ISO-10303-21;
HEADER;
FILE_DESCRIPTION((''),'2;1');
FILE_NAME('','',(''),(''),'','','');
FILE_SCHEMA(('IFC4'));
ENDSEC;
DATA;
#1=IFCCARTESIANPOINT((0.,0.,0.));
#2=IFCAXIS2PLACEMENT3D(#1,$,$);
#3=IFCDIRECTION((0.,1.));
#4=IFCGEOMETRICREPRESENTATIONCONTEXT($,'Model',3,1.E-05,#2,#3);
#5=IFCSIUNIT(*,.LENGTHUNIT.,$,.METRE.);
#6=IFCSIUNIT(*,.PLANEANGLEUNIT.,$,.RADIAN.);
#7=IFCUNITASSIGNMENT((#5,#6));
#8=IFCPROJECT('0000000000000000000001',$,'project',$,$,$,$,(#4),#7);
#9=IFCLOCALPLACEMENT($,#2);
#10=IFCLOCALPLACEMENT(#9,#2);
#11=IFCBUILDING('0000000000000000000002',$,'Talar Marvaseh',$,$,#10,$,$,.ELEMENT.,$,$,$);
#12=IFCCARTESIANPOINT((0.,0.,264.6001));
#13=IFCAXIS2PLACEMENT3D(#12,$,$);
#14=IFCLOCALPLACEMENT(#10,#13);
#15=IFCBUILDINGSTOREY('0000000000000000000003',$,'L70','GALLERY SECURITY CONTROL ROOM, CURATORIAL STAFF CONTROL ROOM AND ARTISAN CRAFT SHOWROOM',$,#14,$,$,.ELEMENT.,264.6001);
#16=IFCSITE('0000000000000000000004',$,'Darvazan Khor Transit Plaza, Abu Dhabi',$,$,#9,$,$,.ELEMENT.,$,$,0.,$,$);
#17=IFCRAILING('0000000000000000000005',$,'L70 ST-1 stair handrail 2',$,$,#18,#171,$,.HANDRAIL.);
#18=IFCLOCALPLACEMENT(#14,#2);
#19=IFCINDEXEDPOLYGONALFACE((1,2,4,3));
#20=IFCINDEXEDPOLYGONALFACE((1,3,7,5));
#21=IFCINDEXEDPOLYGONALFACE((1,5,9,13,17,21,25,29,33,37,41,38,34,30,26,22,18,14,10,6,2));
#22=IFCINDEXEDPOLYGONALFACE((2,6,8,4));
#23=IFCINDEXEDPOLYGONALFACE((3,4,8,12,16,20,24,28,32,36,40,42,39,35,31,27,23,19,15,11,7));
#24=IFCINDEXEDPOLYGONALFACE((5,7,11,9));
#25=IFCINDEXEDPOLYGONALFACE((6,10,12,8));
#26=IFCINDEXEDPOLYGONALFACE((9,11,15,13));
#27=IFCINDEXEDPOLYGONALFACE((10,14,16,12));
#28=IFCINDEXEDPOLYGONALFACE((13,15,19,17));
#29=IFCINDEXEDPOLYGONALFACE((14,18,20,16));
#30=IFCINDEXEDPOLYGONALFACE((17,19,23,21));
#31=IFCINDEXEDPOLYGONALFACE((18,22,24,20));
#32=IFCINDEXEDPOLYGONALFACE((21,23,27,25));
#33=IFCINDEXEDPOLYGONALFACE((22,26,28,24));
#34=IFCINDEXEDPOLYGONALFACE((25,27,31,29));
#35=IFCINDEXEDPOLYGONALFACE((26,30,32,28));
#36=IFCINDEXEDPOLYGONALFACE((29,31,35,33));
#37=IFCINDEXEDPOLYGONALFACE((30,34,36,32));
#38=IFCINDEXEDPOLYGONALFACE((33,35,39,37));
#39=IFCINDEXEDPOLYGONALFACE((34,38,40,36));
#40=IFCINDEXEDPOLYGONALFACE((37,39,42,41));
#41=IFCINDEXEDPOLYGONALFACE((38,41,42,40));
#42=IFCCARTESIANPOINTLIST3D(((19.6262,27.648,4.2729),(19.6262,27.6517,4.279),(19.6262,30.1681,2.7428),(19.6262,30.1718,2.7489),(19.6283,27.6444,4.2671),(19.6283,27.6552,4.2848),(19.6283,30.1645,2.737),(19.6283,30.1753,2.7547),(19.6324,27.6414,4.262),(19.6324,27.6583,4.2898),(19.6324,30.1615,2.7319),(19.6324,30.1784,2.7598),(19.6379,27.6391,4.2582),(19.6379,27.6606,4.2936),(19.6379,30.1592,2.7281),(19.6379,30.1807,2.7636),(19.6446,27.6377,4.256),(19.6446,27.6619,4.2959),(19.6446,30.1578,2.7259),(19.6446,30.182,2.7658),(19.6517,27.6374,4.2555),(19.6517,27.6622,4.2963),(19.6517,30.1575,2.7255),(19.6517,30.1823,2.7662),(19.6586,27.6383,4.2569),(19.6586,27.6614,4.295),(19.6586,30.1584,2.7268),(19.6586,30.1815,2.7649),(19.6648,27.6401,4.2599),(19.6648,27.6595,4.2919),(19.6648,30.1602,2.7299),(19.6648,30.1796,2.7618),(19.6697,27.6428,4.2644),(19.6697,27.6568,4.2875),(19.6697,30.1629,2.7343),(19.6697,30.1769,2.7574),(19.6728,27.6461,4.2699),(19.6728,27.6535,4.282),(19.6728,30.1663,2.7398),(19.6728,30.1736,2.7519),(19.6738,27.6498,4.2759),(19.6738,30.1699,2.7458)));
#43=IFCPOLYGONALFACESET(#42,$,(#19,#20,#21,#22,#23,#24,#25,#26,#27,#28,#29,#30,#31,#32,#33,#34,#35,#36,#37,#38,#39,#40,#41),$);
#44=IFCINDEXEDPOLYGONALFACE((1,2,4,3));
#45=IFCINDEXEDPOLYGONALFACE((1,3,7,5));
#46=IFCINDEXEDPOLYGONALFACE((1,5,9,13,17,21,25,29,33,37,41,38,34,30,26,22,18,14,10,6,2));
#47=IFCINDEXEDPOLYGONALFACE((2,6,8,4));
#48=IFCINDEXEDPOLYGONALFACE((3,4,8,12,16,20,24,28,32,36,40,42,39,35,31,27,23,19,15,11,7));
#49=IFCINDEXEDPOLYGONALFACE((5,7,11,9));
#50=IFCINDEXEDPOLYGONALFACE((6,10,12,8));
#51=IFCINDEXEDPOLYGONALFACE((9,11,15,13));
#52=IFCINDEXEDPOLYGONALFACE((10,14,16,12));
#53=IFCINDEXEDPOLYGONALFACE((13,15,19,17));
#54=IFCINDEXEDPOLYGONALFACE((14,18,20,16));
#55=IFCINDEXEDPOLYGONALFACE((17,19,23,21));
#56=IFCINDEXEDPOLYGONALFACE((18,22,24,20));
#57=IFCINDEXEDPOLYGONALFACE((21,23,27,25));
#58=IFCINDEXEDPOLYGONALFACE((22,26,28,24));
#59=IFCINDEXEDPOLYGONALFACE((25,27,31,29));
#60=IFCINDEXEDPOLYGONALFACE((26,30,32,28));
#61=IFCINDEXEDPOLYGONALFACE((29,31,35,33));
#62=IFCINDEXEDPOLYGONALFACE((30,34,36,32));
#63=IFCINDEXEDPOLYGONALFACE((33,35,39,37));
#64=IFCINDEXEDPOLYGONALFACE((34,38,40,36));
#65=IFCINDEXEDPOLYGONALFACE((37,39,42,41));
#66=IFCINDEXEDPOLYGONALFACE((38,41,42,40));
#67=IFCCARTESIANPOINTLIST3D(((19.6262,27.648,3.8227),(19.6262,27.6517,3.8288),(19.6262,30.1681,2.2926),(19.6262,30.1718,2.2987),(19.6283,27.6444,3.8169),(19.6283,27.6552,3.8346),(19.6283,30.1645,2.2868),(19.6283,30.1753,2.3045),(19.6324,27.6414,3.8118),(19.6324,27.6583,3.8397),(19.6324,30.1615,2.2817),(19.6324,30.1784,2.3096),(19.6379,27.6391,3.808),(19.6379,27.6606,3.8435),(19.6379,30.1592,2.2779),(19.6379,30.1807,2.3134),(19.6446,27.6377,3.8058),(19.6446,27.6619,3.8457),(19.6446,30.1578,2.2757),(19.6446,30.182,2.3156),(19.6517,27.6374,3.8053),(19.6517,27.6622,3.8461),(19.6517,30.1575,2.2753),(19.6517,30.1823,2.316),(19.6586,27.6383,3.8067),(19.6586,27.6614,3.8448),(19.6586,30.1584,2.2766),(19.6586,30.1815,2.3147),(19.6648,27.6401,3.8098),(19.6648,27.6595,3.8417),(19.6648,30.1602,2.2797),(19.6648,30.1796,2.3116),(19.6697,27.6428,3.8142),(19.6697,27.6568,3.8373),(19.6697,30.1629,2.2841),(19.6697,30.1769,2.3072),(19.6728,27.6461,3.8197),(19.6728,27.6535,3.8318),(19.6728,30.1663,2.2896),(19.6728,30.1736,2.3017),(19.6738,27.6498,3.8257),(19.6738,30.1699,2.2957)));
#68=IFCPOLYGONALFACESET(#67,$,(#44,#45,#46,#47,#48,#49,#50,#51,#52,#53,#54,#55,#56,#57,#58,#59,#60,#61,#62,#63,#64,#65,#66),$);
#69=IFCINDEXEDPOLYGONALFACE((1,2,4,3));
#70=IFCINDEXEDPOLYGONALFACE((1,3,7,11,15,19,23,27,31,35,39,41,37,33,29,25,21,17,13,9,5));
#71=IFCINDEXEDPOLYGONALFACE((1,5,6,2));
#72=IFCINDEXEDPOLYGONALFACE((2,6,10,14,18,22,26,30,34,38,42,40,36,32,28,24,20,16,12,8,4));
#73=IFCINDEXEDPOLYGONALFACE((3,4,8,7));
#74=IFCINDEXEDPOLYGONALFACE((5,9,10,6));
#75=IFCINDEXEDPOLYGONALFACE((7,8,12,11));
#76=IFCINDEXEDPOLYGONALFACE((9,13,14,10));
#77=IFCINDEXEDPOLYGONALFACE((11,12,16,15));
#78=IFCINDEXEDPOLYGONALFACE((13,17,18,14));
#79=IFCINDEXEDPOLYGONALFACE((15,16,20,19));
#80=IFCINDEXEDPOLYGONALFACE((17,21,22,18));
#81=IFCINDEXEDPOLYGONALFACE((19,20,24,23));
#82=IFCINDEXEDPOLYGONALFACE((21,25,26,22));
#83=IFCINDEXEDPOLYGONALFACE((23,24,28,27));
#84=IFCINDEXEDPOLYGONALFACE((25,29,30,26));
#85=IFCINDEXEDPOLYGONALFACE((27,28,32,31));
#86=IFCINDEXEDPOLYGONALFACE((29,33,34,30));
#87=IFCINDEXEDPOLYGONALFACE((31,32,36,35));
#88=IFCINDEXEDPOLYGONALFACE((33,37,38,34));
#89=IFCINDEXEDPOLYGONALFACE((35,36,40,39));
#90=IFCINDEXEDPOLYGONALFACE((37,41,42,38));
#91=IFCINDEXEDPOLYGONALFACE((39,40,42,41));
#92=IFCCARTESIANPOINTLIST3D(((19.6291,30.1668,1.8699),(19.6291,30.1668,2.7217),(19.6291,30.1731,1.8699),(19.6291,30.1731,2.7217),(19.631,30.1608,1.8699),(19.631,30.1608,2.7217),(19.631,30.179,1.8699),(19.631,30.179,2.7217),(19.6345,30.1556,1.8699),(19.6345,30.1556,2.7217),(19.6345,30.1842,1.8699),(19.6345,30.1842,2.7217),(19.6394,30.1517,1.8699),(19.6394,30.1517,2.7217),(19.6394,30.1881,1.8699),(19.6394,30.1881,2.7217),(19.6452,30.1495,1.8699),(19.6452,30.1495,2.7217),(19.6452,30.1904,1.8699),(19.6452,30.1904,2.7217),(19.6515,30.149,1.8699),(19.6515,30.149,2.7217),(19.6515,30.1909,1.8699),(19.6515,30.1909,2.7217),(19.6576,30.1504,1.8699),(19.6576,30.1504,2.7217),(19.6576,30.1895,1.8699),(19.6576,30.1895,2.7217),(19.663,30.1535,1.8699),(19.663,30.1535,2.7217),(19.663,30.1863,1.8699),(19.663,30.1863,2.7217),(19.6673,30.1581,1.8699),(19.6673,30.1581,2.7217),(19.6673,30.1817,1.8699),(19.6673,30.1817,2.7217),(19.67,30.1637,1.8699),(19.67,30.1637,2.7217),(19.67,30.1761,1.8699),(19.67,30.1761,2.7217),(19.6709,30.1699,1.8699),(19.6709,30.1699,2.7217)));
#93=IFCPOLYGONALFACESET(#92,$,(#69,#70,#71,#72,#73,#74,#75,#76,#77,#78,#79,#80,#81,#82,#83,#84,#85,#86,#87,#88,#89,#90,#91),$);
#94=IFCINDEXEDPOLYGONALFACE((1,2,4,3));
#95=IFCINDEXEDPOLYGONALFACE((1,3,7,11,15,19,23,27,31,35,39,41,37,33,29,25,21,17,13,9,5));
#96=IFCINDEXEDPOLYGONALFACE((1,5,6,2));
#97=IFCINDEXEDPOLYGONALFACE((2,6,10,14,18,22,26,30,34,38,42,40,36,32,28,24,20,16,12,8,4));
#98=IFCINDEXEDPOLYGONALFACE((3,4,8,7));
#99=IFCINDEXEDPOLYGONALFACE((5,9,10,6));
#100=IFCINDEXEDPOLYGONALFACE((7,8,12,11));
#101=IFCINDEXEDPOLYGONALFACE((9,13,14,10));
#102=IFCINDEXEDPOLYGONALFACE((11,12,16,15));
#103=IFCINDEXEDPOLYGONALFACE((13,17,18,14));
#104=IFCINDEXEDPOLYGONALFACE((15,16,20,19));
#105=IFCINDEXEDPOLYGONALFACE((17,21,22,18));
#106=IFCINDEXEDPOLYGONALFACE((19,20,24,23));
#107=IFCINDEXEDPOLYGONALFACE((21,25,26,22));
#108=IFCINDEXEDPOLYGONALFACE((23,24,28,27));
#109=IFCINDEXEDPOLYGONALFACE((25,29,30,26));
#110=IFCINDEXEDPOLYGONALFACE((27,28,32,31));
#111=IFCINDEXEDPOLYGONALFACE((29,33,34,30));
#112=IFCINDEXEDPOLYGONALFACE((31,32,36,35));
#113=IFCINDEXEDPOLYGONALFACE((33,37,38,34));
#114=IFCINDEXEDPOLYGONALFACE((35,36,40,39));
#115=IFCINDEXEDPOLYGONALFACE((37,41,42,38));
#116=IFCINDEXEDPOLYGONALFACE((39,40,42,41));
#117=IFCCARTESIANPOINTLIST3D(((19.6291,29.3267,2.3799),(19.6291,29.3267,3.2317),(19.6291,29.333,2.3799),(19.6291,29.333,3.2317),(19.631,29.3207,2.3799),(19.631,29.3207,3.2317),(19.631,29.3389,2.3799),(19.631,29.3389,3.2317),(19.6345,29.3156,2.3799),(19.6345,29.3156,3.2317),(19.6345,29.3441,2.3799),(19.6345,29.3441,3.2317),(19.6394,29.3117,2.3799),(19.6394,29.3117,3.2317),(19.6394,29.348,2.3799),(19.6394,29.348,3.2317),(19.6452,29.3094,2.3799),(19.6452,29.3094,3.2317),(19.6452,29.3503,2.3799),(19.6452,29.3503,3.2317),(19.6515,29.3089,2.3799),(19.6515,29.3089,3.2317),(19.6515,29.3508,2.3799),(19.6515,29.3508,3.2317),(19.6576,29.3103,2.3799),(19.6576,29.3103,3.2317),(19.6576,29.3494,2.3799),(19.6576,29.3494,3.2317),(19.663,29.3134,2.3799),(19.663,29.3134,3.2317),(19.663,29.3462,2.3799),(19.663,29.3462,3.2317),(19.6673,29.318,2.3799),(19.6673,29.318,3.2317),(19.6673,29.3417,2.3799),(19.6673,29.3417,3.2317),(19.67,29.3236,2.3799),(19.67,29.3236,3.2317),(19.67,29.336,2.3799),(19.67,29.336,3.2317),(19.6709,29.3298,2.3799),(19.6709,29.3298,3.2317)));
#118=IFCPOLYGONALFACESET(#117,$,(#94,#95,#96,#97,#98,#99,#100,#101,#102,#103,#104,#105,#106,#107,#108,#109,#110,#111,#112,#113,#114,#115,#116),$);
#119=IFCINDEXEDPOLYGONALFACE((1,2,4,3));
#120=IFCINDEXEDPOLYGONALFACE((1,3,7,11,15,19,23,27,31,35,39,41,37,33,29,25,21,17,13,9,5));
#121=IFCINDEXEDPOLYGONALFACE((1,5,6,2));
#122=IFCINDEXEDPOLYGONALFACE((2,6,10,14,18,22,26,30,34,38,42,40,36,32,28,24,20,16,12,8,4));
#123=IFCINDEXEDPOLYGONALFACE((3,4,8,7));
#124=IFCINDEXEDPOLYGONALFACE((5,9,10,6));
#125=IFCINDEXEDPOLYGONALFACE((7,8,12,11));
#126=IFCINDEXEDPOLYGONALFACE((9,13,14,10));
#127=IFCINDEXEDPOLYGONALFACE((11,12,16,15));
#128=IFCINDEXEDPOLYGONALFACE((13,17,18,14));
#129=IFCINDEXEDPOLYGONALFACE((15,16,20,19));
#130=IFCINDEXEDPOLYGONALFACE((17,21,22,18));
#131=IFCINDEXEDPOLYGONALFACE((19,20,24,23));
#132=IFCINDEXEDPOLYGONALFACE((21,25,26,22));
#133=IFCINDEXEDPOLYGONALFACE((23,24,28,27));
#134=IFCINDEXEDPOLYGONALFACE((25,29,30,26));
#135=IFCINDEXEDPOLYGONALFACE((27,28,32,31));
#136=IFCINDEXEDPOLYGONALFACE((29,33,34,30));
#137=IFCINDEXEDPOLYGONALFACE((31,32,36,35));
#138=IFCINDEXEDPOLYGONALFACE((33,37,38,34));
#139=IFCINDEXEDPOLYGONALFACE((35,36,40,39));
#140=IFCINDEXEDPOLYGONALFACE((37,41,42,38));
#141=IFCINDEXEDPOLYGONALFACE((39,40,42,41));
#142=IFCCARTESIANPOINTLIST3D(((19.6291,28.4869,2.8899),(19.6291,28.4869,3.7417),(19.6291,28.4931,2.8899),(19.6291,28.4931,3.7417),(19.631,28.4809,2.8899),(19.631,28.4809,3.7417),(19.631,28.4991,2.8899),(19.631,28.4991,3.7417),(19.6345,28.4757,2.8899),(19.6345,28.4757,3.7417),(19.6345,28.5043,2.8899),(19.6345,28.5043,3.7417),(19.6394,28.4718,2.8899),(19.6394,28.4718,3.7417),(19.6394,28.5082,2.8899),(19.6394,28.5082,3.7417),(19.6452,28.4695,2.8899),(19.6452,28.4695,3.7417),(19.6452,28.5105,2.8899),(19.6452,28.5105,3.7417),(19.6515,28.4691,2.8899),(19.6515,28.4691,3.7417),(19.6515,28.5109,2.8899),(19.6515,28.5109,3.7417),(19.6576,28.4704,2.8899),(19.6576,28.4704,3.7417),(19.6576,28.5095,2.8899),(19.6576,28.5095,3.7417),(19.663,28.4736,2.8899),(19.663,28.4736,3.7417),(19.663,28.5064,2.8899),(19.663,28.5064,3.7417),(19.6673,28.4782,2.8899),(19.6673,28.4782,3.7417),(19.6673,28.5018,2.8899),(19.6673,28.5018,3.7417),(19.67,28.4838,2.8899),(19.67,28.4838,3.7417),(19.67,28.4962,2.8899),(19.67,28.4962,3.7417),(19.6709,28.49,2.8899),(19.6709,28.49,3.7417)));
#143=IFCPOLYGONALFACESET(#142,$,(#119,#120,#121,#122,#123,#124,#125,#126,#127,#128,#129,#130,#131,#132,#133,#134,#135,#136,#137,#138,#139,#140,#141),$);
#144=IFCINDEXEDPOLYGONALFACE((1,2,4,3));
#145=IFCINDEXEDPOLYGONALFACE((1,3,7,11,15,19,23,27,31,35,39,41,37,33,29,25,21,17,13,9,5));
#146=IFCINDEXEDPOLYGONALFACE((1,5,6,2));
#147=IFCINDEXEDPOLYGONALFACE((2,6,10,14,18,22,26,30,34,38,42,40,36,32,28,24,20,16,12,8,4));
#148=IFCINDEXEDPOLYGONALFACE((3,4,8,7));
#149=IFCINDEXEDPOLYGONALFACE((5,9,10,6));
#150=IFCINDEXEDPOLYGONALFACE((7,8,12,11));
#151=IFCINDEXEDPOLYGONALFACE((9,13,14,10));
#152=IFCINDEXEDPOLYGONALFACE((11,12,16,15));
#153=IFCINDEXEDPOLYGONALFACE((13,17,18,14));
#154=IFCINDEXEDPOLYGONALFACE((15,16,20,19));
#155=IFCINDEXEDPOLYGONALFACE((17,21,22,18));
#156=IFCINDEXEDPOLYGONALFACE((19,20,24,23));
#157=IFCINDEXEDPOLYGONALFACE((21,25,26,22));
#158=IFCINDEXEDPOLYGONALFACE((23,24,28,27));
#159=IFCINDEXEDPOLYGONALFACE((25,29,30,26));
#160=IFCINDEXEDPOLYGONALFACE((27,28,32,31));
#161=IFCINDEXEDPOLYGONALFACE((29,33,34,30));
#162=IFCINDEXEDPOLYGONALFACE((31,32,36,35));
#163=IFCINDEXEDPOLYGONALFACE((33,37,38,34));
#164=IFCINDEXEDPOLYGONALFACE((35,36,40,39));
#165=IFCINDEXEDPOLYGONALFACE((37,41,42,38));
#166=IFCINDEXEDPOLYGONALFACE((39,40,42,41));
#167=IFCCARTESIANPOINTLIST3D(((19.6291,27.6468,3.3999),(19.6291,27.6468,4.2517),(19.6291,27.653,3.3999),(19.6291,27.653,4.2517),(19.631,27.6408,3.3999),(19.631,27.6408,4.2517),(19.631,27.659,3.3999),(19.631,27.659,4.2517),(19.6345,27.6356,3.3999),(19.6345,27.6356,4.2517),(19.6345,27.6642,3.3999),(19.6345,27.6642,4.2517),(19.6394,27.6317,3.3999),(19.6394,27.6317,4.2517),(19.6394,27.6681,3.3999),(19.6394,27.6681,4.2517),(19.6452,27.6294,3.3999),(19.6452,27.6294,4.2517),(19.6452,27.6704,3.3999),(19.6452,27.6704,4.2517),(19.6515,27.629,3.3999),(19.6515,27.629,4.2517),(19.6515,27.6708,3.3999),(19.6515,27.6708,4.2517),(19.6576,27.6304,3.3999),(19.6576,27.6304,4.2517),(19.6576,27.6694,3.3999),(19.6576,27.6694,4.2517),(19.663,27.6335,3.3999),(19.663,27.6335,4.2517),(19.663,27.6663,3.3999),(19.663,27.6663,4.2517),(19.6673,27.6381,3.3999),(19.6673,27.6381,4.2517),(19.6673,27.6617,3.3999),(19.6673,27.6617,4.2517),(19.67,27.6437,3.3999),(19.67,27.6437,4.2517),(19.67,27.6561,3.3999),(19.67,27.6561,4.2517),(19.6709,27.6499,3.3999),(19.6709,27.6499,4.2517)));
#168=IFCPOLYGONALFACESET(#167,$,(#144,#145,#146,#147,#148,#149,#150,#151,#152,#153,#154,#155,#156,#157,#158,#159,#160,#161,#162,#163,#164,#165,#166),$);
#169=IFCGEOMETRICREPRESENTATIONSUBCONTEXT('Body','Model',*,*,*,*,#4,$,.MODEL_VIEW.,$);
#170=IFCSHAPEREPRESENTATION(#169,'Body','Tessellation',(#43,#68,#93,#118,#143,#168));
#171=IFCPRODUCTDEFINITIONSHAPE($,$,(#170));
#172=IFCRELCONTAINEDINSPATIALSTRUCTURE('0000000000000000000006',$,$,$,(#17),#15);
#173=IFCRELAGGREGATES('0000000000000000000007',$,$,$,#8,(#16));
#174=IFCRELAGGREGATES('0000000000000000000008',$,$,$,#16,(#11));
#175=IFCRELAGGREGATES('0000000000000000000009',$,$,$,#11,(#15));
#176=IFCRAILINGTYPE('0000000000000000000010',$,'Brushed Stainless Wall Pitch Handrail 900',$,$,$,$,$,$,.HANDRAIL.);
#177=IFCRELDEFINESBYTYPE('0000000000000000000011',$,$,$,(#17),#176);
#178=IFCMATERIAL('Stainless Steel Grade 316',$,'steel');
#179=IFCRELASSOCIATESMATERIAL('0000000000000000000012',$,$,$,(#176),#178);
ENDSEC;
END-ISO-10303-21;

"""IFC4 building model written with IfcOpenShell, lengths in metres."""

from ifc_helpers import new_model, si_unit, direction, frame, origin, origin_2d, place, context, subcontext, project, spatial, circle, extrude, material, type_object, element, save


model = new_model("IFC4")

# Units and contexts
model_context = context("Model", 3, precision=1e-05, world=origin(), true_north=direction((0.0, 1.0)))
body_context = subcontext(model_context, "Body", "Model", "MODEL_VIEW")
ifc_project = project(units=[si_unit("LENGTHUNIT", "METRE"), si_unit("PLANEANGLEUNIT", "RADIAN")], contexts=[model_context])

# Site, building, storey
site_placement = place(None, origin())
site = spatial("IfcSite", under=ifc_project, at=site_placement, Name="Darvazan Khor Transit Plaza, Abu Dhabi", CompositionType="ELEMENT", RefElevation=0.0)
building_placement = place(site_placement, origin())
building = spatial("IfcBuilding", under=site, at=building_placement, Name="Talar Marvaseh", CompositionType="ELEMENT")
storey_placement = place(building_placement, frame((0.0, 0.0, 264.6001)))
storey = spatial("IfcBuildingStorey", under=building, at=storey_placement, Name="L70", Description="GALLERY SECURITY CONTROL ROOM, CURATORIAL STAFF CONTROL ROOM AND ARTISAN CRAFT SHOWROOM", CompositionType="ELEMENT", Elevation=264.6001)

# Railing
ifc_material_1 = material(Name="Stainless Steel Grade 316", Category="steel")
railing_type_1 = type_object("IfcRailingType", Name="Brushed Stainless Wall Pitch Handrail 900", PredefinedType="HANDRAIL", material=ifc_material_1)
railing_1_placement = place(storey_placement, frame((19.6499, 30.1699, 1.8699)))
element("IfcRailing", 1, at=railing_1_placement, inside=storey, type_object=railing_type_1, Name="L70 ST-1 stair handrail 2", PredefinedType="HANDRAIL", context=body_context, shape_type="SweptSolid", body=[
    extrude(circle(Radius=0.0239, at=origin_2d()), frame((0.0, 0.0, 0.876), z_axis=(0.0, -0.854785, 0.518982), x_axis=(1.0, 0.0, 0.0)), (0.0, 0.0, 1.0), 2.9482),
    extrude(circle(Radius=0.0239, at=origin_2d()), frame((0.0, 0.0, 0.4258), z_axis=(0.0, -0.854785, 0.518982), x_axis=(1.0, 0.0, 0.0)), (0.0, 0.0, 1.0), 2.9482),
    extrude(circle(Radius=0.021, at=origin_2d()), origin(), (0.0, 0.0, 1.0), 0.8518),
    extrude(circle(Radius=0.021, at=origin_2d()), frame((0.0, -0.8401, 0.51)), (0.0, 0.0, 1.0), 0.8518),
    extrude(circle(Radius=0.021, at=origin_2d()), frame((0.0, -1.6799, 1.02)), (0.0, 0.0, 1.0), 0.8518),
    extrude(circle(Radius=0.021, at=origin_2d()), frame((0.0, -2.52, 1.53)), (0.0, 0.0, 1.0), 0.8518),
])

save(model, "model.ifc")
